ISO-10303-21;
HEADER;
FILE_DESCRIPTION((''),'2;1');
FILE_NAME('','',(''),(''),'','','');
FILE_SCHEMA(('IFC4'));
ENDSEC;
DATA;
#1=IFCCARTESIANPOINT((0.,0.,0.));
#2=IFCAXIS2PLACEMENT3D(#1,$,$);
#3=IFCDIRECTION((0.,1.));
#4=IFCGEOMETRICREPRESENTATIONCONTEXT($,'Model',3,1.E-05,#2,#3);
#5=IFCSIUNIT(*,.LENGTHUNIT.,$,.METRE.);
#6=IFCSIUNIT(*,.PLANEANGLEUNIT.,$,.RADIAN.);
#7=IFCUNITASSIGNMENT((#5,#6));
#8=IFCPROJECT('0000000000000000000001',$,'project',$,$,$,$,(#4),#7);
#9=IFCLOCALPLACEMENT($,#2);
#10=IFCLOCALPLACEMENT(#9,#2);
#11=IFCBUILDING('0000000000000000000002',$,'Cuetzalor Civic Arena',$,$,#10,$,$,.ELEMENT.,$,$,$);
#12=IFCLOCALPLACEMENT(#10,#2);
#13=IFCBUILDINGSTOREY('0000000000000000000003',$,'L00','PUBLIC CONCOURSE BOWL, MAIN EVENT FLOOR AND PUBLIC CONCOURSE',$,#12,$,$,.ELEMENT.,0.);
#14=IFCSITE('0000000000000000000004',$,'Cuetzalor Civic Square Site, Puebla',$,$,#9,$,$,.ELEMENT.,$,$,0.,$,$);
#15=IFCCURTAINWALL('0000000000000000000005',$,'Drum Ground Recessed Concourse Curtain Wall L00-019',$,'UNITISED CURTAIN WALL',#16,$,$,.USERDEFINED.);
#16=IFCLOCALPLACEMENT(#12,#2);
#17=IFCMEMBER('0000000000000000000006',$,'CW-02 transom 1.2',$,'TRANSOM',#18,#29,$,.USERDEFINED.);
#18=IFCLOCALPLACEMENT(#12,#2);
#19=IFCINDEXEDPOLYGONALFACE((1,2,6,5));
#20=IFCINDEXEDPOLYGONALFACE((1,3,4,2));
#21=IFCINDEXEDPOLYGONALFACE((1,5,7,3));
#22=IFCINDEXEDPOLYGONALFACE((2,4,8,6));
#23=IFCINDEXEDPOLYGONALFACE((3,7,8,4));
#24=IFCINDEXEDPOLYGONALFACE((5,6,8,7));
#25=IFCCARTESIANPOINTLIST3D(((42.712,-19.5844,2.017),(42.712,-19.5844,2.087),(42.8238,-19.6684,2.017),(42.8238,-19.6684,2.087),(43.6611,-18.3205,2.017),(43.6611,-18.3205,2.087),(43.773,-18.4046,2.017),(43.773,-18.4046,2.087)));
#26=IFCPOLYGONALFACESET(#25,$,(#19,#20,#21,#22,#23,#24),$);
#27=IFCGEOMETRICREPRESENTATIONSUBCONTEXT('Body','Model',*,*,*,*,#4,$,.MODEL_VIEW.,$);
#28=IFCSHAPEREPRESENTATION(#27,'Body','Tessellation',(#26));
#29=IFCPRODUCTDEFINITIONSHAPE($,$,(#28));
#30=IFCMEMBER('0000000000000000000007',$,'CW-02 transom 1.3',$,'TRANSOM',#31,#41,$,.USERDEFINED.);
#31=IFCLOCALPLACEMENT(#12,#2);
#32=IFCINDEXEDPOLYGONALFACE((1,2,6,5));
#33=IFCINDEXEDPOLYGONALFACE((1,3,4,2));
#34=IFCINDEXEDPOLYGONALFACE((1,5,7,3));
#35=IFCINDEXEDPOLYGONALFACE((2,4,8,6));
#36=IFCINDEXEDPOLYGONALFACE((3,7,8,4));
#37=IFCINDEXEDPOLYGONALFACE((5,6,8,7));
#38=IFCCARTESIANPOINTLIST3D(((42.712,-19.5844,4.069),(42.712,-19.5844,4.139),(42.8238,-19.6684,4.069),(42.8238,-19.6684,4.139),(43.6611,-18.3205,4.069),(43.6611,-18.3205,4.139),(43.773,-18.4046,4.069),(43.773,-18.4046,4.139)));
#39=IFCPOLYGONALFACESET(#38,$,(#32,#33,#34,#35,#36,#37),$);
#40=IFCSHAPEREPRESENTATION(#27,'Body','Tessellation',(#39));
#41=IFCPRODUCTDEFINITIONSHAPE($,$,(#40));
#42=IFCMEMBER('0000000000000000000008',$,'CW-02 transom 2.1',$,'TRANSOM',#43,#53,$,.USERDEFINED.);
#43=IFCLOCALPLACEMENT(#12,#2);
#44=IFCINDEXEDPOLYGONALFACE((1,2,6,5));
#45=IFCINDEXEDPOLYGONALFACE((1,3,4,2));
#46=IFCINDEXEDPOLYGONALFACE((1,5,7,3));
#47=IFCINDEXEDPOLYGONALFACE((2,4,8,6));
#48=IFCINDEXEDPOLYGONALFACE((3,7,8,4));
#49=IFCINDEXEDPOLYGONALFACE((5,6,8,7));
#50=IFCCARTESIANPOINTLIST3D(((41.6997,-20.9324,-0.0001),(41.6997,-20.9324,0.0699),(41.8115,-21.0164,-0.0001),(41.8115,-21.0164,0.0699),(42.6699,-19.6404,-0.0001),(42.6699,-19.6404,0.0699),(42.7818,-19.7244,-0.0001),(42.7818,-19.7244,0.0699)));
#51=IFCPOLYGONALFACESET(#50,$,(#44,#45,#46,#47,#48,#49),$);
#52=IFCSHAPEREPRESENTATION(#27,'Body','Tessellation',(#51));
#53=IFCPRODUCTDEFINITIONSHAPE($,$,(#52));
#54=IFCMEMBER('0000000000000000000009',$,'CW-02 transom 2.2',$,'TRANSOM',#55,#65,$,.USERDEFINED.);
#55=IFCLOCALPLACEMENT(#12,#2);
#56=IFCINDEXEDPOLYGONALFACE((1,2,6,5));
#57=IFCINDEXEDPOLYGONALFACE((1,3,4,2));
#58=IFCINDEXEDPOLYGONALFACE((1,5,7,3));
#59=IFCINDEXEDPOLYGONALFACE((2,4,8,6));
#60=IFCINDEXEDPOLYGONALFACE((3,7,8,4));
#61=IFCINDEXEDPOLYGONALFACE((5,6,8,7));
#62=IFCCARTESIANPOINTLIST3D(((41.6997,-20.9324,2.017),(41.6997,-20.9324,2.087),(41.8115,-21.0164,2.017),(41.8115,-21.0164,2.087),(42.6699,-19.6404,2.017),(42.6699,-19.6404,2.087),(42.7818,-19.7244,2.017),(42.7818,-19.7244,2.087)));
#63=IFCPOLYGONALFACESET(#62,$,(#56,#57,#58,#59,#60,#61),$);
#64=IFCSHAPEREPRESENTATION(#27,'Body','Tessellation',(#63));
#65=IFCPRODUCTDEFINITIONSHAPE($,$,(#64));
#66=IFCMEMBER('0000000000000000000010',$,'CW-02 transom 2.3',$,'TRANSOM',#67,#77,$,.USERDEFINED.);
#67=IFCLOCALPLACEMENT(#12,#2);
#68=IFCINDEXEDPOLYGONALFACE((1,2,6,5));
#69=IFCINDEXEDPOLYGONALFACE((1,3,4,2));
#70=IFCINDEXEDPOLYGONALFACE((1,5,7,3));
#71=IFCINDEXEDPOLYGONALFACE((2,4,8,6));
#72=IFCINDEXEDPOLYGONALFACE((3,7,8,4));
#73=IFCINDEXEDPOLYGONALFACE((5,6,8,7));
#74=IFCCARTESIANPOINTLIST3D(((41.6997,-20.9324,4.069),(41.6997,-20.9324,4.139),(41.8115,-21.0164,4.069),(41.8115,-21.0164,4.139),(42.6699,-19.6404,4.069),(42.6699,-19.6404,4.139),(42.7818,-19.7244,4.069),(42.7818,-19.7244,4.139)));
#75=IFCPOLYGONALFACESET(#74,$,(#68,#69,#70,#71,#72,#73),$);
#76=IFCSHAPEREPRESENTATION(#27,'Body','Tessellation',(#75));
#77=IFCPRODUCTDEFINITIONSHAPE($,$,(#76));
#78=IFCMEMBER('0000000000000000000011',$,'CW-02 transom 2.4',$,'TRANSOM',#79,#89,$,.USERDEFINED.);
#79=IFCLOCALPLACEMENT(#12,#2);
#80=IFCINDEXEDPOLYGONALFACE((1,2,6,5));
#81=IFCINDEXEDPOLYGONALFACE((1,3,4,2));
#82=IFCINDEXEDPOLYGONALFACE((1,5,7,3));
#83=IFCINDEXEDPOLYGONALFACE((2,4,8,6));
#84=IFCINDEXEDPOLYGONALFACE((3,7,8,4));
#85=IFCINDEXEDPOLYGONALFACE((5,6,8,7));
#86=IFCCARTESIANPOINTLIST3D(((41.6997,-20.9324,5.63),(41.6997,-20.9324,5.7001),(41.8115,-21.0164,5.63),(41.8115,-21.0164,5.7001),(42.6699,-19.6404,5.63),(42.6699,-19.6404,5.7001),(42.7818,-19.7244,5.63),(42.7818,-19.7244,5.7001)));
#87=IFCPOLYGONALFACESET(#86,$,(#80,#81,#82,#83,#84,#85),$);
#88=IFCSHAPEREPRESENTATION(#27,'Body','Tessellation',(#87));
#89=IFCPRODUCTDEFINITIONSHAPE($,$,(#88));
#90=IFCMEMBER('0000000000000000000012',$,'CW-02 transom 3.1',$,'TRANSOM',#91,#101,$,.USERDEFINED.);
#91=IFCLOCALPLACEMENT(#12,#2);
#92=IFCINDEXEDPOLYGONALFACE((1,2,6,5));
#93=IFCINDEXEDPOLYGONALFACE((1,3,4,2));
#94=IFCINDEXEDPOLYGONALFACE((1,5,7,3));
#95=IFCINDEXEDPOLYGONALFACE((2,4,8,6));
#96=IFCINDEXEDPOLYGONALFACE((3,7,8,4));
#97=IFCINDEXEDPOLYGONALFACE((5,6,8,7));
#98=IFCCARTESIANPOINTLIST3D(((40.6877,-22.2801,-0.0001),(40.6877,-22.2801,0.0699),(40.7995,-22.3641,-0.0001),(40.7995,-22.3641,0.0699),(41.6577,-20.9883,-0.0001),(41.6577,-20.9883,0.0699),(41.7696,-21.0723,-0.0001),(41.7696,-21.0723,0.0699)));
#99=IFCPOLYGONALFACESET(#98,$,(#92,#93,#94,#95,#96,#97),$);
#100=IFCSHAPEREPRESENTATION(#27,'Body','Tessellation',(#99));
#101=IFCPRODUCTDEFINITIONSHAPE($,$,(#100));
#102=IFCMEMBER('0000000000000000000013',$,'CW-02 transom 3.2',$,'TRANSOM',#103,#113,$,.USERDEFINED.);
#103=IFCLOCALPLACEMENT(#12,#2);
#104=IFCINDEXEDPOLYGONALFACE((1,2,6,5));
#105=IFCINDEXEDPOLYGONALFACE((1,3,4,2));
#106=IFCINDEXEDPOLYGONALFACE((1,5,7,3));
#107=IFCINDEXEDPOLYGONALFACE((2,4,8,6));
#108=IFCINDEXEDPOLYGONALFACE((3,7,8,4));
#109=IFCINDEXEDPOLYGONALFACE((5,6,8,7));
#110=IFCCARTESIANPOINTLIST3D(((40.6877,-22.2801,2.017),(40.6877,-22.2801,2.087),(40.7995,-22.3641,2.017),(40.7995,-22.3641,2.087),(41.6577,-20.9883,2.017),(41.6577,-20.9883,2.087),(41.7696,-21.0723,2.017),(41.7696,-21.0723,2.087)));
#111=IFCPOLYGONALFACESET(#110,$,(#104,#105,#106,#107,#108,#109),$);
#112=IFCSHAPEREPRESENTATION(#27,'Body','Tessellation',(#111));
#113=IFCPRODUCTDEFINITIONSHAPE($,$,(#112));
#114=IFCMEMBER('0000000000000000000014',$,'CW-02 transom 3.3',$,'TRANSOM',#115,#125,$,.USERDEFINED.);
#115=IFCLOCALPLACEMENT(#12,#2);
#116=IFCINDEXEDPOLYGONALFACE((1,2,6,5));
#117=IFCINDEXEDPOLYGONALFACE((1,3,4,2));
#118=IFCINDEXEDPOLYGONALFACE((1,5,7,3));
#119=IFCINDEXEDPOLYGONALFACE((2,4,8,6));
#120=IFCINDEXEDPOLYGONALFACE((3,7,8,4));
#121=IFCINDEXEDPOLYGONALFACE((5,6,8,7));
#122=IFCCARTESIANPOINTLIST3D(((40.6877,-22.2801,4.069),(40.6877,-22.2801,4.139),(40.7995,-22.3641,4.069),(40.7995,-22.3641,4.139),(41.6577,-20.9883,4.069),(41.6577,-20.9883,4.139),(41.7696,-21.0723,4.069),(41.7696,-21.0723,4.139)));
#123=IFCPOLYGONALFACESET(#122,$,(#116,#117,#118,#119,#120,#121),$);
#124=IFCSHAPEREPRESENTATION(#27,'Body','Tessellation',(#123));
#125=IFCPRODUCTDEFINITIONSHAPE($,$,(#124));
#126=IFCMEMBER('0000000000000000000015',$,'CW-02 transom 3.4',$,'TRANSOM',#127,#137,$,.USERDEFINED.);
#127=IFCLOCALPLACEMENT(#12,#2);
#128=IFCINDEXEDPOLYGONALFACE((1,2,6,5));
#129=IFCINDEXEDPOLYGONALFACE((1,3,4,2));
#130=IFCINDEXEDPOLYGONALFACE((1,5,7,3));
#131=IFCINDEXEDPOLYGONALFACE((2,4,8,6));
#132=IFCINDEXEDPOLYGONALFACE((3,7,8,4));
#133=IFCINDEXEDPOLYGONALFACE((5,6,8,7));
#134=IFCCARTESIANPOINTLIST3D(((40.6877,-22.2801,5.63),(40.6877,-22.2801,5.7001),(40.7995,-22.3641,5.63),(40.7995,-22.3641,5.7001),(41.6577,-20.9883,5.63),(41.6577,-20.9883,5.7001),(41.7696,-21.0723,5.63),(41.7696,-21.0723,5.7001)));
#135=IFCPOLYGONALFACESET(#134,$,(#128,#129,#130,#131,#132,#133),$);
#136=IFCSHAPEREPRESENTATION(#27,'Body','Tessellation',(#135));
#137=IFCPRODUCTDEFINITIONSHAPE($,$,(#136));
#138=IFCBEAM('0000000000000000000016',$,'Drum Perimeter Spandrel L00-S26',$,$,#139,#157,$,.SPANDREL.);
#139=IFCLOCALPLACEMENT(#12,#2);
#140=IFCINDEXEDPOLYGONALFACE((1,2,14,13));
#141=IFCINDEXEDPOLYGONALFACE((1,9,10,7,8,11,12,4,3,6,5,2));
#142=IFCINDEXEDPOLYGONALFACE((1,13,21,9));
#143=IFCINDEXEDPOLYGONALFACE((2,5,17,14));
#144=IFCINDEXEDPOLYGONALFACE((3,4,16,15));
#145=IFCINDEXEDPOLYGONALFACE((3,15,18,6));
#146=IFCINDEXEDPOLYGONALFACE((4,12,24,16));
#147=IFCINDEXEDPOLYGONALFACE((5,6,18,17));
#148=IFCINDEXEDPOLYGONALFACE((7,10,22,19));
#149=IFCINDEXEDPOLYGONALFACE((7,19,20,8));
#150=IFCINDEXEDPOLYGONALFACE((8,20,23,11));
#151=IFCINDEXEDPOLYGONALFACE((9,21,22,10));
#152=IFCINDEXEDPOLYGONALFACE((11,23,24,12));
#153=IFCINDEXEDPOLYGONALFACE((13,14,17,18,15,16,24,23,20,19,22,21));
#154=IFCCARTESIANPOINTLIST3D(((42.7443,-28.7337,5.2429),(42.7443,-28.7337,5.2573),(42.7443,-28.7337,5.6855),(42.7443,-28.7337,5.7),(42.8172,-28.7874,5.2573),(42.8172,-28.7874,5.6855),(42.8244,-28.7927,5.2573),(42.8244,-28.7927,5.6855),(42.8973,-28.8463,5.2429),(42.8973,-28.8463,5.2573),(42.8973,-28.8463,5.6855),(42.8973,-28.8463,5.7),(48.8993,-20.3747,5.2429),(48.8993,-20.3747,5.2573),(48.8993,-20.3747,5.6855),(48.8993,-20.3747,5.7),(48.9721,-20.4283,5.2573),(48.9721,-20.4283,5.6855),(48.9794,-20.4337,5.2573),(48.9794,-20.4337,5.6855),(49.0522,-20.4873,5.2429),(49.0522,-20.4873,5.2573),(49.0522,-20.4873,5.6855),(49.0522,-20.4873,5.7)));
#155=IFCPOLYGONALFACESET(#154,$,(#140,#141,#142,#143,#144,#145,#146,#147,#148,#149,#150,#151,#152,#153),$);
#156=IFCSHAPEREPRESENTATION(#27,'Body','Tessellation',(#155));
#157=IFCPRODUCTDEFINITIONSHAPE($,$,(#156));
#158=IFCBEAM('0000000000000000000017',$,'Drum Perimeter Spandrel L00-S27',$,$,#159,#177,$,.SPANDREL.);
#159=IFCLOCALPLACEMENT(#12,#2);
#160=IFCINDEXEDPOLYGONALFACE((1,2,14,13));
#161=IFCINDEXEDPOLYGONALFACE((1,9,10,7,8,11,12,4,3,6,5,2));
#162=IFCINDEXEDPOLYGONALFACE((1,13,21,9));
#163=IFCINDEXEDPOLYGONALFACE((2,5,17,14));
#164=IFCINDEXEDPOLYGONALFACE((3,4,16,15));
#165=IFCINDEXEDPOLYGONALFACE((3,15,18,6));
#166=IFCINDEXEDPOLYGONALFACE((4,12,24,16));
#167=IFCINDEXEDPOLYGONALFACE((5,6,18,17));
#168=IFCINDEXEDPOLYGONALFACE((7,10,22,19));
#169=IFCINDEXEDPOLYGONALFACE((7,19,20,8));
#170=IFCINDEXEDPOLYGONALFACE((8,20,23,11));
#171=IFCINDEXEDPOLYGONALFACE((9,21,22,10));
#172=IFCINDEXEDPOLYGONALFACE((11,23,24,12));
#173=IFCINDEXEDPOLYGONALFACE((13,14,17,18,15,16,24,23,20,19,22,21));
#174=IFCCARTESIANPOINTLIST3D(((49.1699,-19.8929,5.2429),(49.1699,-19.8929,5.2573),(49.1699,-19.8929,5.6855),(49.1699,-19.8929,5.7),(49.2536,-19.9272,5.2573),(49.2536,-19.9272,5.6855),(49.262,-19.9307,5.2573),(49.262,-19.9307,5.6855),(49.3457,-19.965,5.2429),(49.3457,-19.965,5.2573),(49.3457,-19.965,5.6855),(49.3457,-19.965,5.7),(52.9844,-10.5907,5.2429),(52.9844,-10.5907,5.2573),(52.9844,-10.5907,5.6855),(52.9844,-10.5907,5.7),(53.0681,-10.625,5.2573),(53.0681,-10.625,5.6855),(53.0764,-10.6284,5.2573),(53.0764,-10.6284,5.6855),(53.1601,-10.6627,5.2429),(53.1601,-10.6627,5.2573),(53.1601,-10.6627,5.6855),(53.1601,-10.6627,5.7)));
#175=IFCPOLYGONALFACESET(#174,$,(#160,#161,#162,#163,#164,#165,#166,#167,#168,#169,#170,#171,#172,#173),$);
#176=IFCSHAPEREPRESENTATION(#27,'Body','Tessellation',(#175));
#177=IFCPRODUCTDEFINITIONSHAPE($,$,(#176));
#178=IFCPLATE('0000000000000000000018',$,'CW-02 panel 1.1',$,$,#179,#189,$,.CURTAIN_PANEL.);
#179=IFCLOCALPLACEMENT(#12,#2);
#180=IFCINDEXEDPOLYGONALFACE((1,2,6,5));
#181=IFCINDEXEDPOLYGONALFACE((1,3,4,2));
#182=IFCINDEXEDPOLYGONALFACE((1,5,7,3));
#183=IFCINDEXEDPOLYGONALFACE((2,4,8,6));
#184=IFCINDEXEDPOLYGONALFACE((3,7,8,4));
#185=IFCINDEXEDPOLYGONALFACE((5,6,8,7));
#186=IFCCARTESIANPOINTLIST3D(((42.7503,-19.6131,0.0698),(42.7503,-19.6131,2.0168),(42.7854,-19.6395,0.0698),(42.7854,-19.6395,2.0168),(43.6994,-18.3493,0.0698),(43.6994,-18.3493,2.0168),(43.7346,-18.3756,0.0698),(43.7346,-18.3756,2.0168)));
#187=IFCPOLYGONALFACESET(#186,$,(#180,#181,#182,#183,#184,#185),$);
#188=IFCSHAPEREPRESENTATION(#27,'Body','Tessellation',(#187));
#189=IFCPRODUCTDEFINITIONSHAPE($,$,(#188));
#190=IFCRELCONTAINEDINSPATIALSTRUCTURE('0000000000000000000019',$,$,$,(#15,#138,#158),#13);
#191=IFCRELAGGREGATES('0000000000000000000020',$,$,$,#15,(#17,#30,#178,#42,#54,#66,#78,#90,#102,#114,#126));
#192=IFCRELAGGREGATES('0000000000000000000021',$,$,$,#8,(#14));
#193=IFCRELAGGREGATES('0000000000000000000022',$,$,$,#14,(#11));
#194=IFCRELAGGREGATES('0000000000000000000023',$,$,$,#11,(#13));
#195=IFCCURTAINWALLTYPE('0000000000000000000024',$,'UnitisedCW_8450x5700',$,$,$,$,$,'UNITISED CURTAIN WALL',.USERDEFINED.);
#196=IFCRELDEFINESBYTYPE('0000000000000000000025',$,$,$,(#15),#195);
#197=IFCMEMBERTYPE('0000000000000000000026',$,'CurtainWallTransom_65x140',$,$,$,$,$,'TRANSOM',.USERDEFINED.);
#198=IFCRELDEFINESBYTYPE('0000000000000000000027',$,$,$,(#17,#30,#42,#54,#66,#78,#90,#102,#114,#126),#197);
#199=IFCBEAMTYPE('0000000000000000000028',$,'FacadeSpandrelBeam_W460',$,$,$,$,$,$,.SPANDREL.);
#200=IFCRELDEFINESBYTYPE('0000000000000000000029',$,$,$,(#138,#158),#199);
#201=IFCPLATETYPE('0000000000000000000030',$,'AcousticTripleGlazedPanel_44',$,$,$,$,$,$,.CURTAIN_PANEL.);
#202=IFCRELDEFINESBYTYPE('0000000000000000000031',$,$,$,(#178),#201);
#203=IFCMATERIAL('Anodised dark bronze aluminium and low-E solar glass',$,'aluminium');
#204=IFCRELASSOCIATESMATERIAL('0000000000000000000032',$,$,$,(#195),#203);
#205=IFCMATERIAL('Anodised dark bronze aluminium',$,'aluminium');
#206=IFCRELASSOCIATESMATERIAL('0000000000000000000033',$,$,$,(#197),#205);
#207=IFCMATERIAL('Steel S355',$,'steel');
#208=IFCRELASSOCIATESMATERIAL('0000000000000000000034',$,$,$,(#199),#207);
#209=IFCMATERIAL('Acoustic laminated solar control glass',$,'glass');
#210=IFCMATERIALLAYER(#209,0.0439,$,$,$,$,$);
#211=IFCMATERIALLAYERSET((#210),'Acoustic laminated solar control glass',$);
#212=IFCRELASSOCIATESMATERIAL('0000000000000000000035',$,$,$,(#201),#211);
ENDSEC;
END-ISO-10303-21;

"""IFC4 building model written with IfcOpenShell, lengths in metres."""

from ifc_helpers import new_model, si_unit, direction, frame, origin, origin_2d, place, context, subcontext, project, spatial, rectangle, i_section, extrude, material, layer, layer_set, material_profile, profile_set, type_object, element, aggregate, save


model = new_model("IFC4")

# Units and contexts
model_context = context("Model", 3, precision=1e-05, world=origin(), true_north=direction((0.0, 1.0)))
body_context = subcontext(model_context, "Body", "Model", "MODEL_VIEW")
ifc_project = project(units=[si_unit("LENGTHUNIT", "METRE"), si_unit("PLANEANGLEUNIT", "RADIAN")], contexts=[model_context])

# Site, building, storey
site_placement = place(None, origin())
site = spatial("IfcSite", under=ifc_project, at=site_placement, Name="Cuetzalor Civic Square Site, Puebla", CompositionType="ELEMENT", RefElevation=0.0)
building_placement = place(site_placement, origin())
building = spatial("IfcBuilding", under=site, at=building_placement, Name="Cuetzalor Civic Arena", CompositionType="ELEMENT")
storey_placement = place(building_placement, origin())
storey = spatial("IfcBuildingStorey", under=building, at=storey_placement, Name="L00", Description="PUBLIC CONCOURSE BOWL, MAIN EVENT FLOOR AND PUBLIC CONCOURSE", CompositionType="ELEMENT", Elevation=0.0)

# Curtain wall, members
ifc_material_1 = material(Name="Anodised dark bronze aluminium and low-E solar glass", Category="aluminium")
curtain_wall_type = type_object("IfcCurtainWallType", Name="UnitisedCW_8450x5700", ElementType="UNITISED CURTAIN WALL", PredefinedType="USERDEFINED", material=ifc_material_1)
curtain_wall_placement = place(storey_placement, origin())
curtain_wall = element("IfcCurtainWall", 1, at=curtain_wall_placement, inside=storey, type_object=curtain_wall_type, Name="Drum Ground Recessed Concourse Curtain Wall L00-019", ObjectType="UNITISED CURTAIN WALL", PredefinedType="USERDEFINED")
ifc_material_2 = material(Name="Anodised dark bronze aluminium", Category="aluminium")
ifc_material_profile_1 = material_profile(ifc_material_2, rectangle(XDim=0.1399, YDim=0.0701, at=origin_2d()), Name="ALU TRANSOM 70x140")
ifc_profile_set_1 = profile_set([ifc_material_profile_1], Name="Anodised dark bronze aluminium")
member_type_1 = type_object("IfcMemberType", Name="CurtainWallTransom_65x140", ElementType="TRANSOM", PredefinedType="USERDEFINED", material=ifc_profile_set_1)
member_1_placement = place(storey_placement, frame((43.717, -18.3625, 2.052), z_axis=(-0.600519, -0.799611, 0.0), x_axis=(0.799611, -0.600519, 0.0)))
member_1 = element("IfcMember", 2, at=member_1_placement, type_object=member_type_1, Name="CW-02 transom 1.2", ObjectType="TRANSOM", PredefinedType="USERDEFINED", context=body_context, shape_type="SweptSolid", body=[
    extrude(rectangle(XDim=0.1399, YDim=0.0701, at=origin_2d()), origin(), (0.0, 0.0, 1.0), 1.5806),
])
member_2_placement = place(storey_placement, frame((43.717, -18.3625, 4.104), z_axis=(-0.600519, -0.799611, 0.0), x_axis=(0.799611, -0.600519, 0.0)))
member_2 = element("IfcMember", 3, at=member_2_placement, type_object=member_type_1, Name="CW-02 transom 1.3", ObjectType="TRANSOM", PredefinedType="USERDEFINED", context=body_context, shape_type="SweptSolid", body=[
    extrude(rectangle(XDim=0.1399, YDim=0.0701, at=origin_2d()), origin(), (0.0, 0.0, 1.0), 1.5806),
])
member_3_placement = place(storey_placement, frame((42.7258, -19.6824, 0.0349), z_axis=(-0.600483, -0.799637, 0.0), x_axis=(0.799637, -0.600483, 0.0)))
member_3 = element("IfcMember", 4, at=member_3_placement, type_object=member_type_1, Name="CW-02 transom 2.1", ObjectType="TRANSOM", PredefinedType="USERDEFINED", context=body_context, shape_type="SweptSolid", body=[
    extrude(rectangle(XDim=0.1399, YDim=0.0701, at=origin_2d()), origin(), (0.0, 0.0, 1.0), 1.6157),
])
member_4_placement = place(storey_placement, frame((42.7258, -19.6824, 2.052), z_axis=(-0.600483, -0.799637, 0.0), x_axis=(0.799637, -0.600483, 0.0)))
member_4 = element("IfcMember", 5, at=member_4_placement, type_object=member_type_1, Name="CW-02 transom 2.2", ObjectType="TRANSOM", PredefinedType="USERDEFINED", context=body_context, shape_type="SweptSolid", body=[
    extrude(rectangle(XDim=0.1399, YDim=0.0701, at=origin_2d()), origin(), (0.0, 0.0, 1.0), 1.6157),
])
member_5_placement = place(storey_placement, frame((42.7258, -19.6824, 4.104), z_axis=(-0.600483, -0.799637, 0.0), x_axis=(0.799637, -0.600483, 0.0)))
member_5 = element("IfcMember", 6, at=member_5_placement, type_object=member_type_1, Name="CW-02 transom 2.3", ObjectType="TRANSOM", PredefinedType="USERDEFINED", context=body_context, shape_type="SweptSolid", body=[
    extrude(rectangle(XDim=0.1399, YDim=0.0701, at=origin_2d()), origin(), (0.0, 0.0, 1.0), 1.6157),
])
member_6_placement = place(storey_placement, frame((42.7258, -19.6824, 5.665), z_axis=(-0.600483, -0.799637, 0.0), x_axis=(0.799637, -0.600483, 0.0)))
member_6 = element("IfcMember", 7, at=member_6_placement, type_object=member_type_1, Name="CW-02 transom 2.4", ObjectType="TRANSOM", PredefinedType="USERDEFINED", context=body_context, shape_type="SweptSolid", body=[
    extrude(rectangle(XDim=0.1399, YDim=0.0701, at=origin_2d()), origin(), (0.0, 0.0, 1.0), 1.6157),
])
member_7_placement = place(storey_placement, frame((41.7136, -21.0303, 0.0349), z_axis=(-0.600459, -0.799655, 0.0), x_axis=(0.799655, -0.600459, 0.0)))
member_7 = element("IfcMember", 8, at=member_7_placement, type_object=member_type_1, Name="CW-02 transom 3.1", ObjectType="TRANSOM", PredefinedType="USERDEFINED", context=body_context, shape_type="SweptSolid", body=[
    extrude(rectangle(XDim=0.1399, YDim=0.0701, at=origin_2d()), origin(), (0.0, 0.0, 1.0), 1.6155),
])
member_8_placement = place(storey_placement, frame((41.7136, -21.0303, 2.052), z_axis=(-0.600459, -0.799655, 0.0), x_axis=(0.799655, -0.600459, 0.0)))
member_8 = element("IfcMember", 9, at=member_8_placement, type_object=member_type_1, Name="CW-02 transom 3.2", ObjectType="TRANSOM", PredefinedType="USERDEFINED", context=body_context, shape_type="SweptSolid", body=[
    extrude(rectangle(XDim=0.1399, YDim=0.0701, at=origin_2d()), origin(), (0.0, 0.0, 1.0), 1.6155),
])
member_9_placement = place(storey_placement, frame((41.7136, -21.0303, 4.104), z_axis=(-0.600459, -0.799655, 0.0), x_axis=(0.799655, -0.600459, 0.0)))
member_9 = element("IfcMember", 10, at=member_9_placement, type_object=member_type_1, Name="CW-02 transom 3.3", ObjectType="TRANSOM", PredefinedType="USERDEFINED", context=body_context, shape_type="SweptSolid", body=[
    extrude(rectangle(XDim=0.1399, YDim=0.0701, at=origin_2d()), origin(), (0.0, 0.0, 1.0), 1.6155),
])
member_10_placement = place(storey_placement, frame((41.7136, -21.0303, 5.665), z_axis=(-0.600459, -0.799655, 0.0), x_axis=(0.799655, -0.600459, 0.0)))
member_10 = element("IfcMember", 11, at=member_10_placement, type_object=member_type_1, Name="CW-02 transom 3.4", ObjectType="TRANSOM", PredefinedType="USERDEFINED", context=body_context, shape_type="SweptSolid", body=[
    extrude(rectangle(XDim=0.1399, YDim=0.0701, at=origin_2d()), origin(), (0.0, 0.0, 1.0), 1.6155),
])

# Beams
ifc_material_3 = material(Name="Steel S355", Category="steel")
ifc_material_profile_2 = material_profile(ifc_material_3, i_section(OverallWidth=0.1899, OverallDepth=0.457, WebThickness=0.009, FlangeThickness=0.0144, at=origin_2d()), Name="W460x74")
ifc_profile_set_2 = profile_set([ifc_material_profile_2], Name="Steel S355")
beam_type_1 = type_object("IfcBeamType", Name="FacadeSpandrelBeam_W460", PredefinedType="SPANDREL", material=ifc_profile_set_2)
beam_1_placement = place(storey_placement, frame((42.8208, -28.79, 5.4714), z_axis=(0.592929, 0.805255, 0.0), x_axis=(-0.805255, 0.592929, 0.0)))
element("IfcBeam", 12, at=beam_1_placement, inside=storey, type_object=beam_type_1, Name="Drum Perimeter Spandrel L00-S26", PredefinedType="SPANDREL", context=body_context, shape_type="SweptSolid", body=[
    extrude(i_section(OverallWidth=0.1899, OverallDepth=0.457, WebThickness=0.009, FlangeThickness=0.0144, at=origin_2d()), origin(), (0.0, 0.0, 1.0), 10.3806),
])
beam_2_placement = place(storey_placement, frame((49.2578, -19.929, 5.4714), z_axis=(0.379399, 0.925233, 0.0), x_axis=(-0.925233, 0.379399, 0.0)))
element("IfcBeam", 13, at=beam_2_placement, inside=storey, type_object=beam_type_1, Name="Drum Perimeter Spandrel L00-S27", PredefinedType="SPANDREL", context=body_context, shape_type="SweptSolid", body=[
    extrude(i_section(OverallWidth=0.1899, OverallDepth=0.457, WebThickness=0.009, FlangeThickness=0.0144, at=origin_2d()), origin(), (0.0, 0.0, 1.0), 10.054),
])

# Plate
ifc_material_4 = material(Name="Acoustic laminated solar control glass", Category="glass")
ifc_layer = layer(ifc_material_4, 0.0439)
ifc_layer_set = layer_set([ifc_layer], Name="Acoustic laminated solar control glass")
plate_type = type_object("IfcPlateType", Name="AcousticTripleGlazedPanel_44", PredefinedType="CURTAIN_PANEL", material=ifc_layer_set)
plate_1_placement = place(storey_placement, frame((43.2424, -18.9944, 0.0698), z_axis=(0.0, 0.0, 1.0), x_axis=(-0.600492, -0.799631, 0.0)))
plate_1 = element("IfcPlate", 14, at=plate_1_placement, type_object=plate_type, Name="CW-02 panel 1.1", PredefinedType="CURTAIN_PANEL", context=body_context, shape_type="SweptSolid", body=[
    extrude(rectangle(XDim=1.5806, YDim=0.0439, at=origin_2d()), origin(), (0.0, 0.0, 1.0), 1.947),
])
aggregate(curtain_wall, [member_1, member_2, plate_1, member_3, member_4, member_5, member_6, member_7, member_8, member_9, member_10])

save(model, "model.ifc")
